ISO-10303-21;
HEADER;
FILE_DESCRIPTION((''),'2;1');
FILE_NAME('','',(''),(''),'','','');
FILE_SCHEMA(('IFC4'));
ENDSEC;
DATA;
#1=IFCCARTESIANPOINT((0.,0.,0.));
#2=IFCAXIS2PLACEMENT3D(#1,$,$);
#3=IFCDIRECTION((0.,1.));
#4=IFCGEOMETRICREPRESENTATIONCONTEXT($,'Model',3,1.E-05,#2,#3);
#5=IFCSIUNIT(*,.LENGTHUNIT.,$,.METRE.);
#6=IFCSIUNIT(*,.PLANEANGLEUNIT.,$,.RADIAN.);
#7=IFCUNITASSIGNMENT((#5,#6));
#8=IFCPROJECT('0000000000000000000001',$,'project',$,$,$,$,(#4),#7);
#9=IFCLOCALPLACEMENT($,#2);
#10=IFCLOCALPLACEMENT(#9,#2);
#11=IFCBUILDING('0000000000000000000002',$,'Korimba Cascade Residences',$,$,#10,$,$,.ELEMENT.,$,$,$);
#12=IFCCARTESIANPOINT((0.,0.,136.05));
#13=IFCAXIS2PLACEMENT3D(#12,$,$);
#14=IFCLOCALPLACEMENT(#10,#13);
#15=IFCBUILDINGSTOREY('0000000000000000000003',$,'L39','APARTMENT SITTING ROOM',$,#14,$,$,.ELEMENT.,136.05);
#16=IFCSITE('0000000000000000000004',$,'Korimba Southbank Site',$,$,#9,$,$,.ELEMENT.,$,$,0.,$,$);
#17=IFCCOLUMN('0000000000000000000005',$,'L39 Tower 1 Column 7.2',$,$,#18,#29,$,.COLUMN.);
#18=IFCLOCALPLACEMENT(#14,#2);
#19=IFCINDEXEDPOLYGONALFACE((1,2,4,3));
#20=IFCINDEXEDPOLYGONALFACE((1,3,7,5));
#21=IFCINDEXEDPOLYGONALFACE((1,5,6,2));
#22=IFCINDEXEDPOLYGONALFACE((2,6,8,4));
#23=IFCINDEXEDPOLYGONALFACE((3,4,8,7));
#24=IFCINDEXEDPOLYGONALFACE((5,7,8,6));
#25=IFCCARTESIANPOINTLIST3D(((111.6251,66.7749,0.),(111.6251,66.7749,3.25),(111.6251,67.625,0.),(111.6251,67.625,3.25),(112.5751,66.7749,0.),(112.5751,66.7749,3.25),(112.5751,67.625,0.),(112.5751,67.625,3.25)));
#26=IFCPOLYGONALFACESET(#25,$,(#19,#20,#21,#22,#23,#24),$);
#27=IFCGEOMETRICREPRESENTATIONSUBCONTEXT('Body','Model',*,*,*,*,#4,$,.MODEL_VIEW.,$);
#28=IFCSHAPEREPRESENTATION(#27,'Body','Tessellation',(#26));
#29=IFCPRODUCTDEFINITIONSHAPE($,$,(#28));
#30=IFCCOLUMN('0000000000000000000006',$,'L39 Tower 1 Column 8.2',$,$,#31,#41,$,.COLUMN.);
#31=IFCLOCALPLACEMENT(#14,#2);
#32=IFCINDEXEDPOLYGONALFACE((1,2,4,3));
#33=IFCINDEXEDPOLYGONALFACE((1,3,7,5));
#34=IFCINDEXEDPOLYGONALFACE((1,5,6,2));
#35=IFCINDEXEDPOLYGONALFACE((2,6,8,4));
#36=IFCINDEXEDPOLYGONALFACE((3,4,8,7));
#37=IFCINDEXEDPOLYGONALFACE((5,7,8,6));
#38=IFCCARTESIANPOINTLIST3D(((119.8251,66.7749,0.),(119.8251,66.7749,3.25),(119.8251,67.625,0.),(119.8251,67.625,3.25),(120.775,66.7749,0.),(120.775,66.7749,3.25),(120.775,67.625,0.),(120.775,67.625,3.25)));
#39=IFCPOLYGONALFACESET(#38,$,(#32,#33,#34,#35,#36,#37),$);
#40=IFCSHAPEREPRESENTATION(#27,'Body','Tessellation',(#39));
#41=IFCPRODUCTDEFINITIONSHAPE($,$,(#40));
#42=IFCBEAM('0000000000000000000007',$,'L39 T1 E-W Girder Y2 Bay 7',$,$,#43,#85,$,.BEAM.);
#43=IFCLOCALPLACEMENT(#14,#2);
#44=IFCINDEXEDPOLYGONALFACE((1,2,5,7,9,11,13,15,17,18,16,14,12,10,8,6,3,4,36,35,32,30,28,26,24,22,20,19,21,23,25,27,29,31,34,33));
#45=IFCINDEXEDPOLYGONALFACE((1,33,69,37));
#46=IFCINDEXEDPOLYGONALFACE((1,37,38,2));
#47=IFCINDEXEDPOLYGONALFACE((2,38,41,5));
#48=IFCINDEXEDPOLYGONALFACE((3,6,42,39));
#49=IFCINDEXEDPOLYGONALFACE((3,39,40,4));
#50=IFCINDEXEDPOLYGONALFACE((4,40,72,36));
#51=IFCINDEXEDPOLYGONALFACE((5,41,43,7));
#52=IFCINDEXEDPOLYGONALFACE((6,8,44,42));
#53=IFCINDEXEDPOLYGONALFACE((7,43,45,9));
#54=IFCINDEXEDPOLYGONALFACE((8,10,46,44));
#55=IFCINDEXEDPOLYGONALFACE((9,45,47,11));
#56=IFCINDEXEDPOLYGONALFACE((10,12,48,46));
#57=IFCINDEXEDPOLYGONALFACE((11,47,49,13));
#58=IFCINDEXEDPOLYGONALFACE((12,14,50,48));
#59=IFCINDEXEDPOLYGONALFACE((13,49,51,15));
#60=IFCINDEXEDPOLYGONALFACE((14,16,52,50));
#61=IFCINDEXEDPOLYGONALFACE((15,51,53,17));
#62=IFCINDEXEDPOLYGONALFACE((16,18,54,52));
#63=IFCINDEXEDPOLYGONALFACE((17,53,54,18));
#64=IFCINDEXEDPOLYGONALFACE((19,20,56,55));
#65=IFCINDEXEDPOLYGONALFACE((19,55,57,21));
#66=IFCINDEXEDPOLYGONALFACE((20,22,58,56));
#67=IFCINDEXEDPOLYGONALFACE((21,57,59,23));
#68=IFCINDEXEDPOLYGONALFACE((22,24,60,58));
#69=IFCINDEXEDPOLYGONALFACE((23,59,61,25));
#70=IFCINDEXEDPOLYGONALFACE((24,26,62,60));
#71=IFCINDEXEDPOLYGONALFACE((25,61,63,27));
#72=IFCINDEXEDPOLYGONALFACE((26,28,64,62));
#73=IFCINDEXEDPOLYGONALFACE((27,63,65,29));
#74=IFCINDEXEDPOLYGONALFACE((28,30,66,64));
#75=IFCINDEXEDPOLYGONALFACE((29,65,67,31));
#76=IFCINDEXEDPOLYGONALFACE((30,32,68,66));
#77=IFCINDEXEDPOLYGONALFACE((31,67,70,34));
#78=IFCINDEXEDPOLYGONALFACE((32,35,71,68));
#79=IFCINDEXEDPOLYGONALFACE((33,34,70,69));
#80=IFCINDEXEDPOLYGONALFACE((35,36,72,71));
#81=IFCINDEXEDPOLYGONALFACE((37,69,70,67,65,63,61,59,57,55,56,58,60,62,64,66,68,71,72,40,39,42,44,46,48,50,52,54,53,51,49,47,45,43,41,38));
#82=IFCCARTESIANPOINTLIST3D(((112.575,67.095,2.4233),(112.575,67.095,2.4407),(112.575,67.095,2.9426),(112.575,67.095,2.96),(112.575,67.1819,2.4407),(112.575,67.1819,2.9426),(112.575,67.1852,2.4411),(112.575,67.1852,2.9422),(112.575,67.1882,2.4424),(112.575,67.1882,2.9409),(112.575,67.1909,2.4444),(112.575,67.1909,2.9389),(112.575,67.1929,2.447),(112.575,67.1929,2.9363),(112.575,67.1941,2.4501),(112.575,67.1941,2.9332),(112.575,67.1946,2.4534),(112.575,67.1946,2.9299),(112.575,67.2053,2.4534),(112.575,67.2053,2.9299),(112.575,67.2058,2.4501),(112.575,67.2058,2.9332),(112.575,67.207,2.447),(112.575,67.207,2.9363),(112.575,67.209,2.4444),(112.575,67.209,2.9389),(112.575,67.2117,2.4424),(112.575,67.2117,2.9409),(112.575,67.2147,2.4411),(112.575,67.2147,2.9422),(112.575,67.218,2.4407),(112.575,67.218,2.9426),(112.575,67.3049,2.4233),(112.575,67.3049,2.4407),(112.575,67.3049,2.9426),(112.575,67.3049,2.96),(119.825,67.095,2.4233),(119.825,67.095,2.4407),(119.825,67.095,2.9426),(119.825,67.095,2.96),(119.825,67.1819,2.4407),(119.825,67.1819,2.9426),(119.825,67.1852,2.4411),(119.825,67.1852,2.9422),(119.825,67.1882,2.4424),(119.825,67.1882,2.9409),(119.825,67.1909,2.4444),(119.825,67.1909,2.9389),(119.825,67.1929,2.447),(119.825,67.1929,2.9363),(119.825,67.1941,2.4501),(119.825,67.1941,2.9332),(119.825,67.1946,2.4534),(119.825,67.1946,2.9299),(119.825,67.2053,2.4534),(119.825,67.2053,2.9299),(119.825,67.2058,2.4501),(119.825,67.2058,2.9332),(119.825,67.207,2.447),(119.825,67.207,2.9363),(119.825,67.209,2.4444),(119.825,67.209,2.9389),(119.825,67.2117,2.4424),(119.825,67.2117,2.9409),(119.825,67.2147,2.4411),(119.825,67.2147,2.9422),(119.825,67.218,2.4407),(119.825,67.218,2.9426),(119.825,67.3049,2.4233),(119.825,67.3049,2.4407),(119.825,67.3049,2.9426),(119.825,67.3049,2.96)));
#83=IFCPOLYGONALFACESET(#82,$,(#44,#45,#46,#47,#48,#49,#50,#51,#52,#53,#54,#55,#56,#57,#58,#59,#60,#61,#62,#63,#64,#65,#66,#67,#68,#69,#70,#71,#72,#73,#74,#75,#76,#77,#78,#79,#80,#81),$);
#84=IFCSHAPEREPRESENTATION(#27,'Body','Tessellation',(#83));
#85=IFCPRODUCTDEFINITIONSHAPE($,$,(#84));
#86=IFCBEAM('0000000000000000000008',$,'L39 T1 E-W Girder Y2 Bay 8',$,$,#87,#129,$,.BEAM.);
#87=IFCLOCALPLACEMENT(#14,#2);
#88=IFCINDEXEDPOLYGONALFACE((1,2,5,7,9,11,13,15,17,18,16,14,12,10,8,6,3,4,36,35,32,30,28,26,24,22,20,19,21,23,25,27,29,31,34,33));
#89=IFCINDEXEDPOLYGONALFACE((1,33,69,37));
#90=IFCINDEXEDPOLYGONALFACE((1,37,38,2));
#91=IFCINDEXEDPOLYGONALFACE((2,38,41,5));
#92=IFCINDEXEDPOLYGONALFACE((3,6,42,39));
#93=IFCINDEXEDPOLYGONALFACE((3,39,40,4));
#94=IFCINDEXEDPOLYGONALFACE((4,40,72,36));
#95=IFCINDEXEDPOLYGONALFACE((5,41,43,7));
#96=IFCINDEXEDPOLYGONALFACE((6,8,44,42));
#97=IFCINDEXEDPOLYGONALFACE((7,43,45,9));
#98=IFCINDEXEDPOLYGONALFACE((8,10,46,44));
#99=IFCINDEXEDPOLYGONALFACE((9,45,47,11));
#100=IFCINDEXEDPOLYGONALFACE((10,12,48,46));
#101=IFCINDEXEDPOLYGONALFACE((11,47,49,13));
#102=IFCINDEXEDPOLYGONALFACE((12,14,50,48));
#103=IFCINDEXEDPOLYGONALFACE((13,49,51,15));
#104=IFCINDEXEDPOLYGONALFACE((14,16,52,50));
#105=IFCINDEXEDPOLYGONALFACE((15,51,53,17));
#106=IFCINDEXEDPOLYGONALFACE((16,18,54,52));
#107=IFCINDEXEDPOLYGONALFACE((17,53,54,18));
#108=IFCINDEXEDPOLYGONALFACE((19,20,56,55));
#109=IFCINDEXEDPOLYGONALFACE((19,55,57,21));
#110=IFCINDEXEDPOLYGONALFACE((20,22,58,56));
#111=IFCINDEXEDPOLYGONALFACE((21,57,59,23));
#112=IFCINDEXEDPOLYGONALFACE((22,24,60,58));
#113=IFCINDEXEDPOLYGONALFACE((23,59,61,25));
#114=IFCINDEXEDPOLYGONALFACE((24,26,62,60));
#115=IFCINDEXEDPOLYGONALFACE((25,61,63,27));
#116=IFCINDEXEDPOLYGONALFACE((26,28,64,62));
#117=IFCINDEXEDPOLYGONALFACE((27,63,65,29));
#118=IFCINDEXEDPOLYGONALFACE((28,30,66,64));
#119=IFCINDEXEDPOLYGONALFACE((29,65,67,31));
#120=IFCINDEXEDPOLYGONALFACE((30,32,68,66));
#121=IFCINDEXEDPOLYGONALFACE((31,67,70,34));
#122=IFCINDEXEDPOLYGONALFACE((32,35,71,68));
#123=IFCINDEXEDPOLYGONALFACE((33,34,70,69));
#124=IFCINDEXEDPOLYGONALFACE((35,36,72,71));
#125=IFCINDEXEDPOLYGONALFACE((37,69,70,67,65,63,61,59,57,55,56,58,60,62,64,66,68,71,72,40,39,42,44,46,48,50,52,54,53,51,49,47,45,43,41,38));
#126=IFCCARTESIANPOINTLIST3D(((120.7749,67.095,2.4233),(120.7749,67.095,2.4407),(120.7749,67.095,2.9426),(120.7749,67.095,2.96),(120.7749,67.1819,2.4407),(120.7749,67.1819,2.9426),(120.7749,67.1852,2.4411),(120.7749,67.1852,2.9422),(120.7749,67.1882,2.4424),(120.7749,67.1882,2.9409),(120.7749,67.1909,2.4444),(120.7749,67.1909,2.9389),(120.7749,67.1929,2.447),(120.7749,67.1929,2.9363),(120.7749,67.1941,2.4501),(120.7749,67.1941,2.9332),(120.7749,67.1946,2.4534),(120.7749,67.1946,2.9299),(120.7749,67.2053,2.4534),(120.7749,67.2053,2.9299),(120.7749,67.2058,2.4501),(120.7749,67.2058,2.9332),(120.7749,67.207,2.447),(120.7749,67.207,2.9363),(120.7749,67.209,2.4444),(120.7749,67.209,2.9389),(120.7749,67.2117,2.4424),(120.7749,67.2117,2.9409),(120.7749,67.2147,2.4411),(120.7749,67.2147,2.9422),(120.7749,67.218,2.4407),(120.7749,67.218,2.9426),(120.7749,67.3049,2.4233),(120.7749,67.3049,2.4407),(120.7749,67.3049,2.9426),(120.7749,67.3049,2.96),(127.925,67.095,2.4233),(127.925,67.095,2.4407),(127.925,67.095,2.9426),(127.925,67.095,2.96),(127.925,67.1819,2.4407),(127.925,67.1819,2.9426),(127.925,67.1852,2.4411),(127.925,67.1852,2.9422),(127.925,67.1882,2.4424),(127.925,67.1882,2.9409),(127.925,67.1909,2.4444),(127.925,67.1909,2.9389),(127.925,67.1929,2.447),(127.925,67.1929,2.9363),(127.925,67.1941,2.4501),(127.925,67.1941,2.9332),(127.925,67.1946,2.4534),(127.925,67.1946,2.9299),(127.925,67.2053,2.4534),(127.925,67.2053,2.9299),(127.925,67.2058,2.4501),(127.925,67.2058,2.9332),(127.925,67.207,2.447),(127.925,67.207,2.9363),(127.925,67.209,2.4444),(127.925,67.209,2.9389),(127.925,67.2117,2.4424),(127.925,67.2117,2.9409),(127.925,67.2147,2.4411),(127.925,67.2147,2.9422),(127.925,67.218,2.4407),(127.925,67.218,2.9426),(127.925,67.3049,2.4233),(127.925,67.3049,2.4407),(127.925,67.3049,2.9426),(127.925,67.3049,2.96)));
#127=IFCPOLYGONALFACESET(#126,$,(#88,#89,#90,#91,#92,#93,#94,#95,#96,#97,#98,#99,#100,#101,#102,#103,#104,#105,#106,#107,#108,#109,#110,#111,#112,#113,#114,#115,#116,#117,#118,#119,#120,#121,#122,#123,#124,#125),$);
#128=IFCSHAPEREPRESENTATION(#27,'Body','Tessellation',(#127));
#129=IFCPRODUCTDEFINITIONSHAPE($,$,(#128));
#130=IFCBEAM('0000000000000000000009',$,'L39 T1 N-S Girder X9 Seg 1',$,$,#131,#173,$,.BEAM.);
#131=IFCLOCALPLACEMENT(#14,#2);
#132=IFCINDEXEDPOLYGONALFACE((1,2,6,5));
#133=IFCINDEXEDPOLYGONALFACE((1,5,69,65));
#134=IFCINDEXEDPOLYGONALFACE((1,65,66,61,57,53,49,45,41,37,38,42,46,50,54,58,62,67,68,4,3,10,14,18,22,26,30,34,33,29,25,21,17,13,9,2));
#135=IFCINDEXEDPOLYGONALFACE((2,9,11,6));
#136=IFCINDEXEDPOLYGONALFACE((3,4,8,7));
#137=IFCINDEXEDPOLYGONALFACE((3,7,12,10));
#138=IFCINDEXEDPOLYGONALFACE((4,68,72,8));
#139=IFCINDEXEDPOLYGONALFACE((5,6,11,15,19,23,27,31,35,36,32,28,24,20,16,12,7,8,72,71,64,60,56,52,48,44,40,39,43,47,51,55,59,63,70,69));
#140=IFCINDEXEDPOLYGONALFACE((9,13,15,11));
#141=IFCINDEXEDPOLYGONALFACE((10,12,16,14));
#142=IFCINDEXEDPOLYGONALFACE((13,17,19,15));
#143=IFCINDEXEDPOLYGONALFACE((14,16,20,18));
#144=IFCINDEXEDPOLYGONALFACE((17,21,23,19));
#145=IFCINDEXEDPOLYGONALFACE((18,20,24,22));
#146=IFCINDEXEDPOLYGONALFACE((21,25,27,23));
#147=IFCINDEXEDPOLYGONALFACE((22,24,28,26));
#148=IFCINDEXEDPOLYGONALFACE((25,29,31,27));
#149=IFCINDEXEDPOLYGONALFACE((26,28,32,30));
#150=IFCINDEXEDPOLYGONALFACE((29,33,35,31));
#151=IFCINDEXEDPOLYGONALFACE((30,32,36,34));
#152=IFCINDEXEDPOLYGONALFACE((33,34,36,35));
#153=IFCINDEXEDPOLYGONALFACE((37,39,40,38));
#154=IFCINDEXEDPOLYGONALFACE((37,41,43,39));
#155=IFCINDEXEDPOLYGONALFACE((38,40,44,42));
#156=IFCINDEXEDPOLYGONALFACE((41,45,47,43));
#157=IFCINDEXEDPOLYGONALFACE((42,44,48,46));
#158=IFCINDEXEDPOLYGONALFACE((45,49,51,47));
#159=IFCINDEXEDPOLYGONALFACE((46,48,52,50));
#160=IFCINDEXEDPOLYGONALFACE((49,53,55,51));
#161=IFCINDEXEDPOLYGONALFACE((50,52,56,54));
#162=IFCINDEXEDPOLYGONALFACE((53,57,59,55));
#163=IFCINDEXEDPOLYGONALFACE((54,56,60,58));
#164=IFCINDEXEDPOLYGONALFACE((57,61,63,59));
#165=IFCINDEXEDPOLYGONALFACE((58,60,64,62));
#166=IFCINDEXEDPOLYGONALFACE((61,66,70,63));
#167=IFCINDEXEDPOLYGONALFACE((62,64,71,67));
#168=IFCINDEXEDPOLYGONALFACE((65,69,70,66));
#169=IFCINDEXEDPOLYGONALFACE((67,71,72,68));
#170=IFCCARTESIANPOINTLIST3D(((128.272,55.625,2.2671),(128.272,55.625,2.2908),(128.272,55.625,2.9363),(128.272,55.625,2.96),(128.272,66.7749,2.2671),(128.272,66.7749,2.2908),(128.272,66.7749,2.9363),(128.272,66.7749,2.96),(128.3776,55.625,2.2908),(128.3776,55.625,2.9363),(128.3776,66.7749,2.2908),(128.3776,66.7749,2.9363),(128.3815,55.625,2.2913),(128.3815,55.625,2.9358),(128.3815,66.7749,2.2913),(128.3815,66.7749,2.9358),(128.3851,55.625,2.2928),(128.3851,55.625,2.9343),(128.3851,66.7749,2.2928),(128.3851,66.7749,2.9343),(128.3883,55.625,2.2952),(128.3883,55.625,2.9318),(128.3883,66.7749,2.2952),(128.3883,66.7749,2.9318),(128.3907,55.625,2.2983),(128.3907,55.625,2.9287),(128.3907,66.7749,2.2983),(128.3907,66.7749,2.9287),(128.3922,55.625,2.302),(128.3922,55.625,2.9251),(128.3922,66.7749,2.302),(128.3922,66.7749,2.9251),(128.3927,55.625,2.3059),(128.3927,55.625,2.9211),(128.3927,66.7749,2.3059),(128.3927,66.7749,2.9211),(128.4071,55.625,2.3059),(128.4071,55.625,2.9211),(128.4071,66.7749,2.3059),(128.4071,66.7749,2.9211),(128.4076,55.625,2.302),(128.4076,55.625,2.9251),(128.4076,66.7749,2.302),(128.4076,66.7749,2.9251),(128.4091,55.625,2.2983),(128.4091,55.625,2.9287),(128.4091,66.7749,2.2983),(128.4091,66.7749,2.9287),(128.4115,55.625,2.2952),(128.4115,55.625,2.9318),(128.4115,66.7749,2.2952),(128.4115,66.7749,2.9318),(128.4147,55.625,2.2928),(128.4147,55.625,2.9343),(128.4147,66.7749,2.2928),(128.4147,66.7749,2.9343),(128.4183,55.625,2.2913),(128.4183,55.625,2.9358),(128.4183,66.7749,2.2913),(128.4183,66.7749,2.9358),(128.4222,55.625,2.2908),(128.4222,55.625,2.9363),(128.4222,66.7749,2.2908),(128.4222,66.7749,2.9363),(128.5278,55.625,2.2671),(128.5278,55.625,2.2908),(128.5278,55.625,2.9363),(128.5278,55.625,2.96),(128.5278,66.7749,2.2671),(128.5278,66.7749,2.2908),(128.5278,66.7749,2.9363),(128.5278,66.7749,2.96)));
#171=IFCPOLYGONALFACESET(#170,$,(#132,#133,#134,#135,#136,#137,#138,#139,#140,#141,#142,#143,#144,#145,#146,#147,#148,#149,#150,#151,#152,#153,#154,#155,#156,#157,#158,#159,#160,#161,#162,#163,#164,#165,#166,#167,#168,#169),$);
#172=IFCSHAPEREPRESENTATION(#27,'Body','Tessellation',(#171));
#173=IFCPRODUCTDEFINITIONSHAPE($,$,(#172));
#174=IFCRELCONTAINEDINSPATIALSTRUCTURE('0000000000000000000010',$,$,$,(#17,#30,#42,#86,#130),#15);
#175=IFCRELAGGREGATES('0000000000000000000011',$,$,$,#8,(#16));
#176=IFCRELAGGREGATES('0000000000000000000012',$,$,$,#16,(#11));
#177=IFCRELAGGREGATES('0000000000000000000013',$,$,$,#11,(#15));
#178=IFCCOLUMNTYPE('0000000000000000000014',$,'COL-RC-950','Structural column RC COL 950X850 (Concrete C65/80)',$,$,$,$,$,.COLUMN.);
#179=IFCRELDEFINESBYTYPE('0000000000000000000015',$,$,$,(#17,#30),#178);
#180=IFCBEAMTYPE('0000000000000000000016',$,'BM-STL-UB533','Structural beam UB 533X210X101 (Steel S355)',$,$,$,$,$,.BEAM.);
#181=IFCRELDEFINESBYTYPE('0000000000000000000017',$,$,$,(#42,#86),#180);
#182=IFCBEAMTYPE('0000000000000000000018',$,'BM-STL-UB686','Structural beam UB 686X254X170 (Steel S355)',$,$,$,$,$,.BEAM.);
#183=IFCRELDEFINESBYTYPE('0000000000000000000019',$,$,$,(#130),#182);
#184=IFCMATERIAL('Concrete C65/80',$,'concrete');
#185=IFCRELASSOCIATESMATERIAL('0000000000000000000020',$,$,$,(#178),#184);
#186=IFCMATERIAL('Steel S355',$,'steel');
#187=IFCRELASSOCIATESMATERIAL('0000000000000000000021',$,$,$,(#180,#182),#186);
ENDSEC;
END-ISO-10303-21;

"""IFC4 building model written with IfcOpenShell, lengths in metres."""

from ifc_helpers import new_model, si_unit, direction, frame, origin, origin_2d, place, context, subcontext, project, spatial, rectangle, i_section, extrude, material, material_profile, profile_set, type_object, element, save


model = new_model("IFC4")

# Units and contexts
model_context = context("Model", 3, precision=1e-05, world=origin(), true_north=direction((0.0, 1.0)))
body_context = subcontext(model_context, "Body", "Model", "MODEL_VIEW")
ifc_project = project(units=[si_unit("LENGTHUNIT", "METRE"), si_unit("PLANEANGLEUNIT", "RADIAN")], contexts=[model_context])

# Site, building, storey
site_placement = place(None, origin())
site = spatial("IfcSite", under=ifc_project, at=site_placement, Name="Korimba Southbank Site", CompositionType="ELEMENT", RefElevation=0.0)
building_placement = place(site_placement, origin())
building = spatial("IfcBuilding", under=site, at=building_placement, Name="Korimba Cascade Residences", CompositionType="ELEMENT")
storey_placement = place(building_placement, frame((0.0, 0.0, 136.05)))
storey = spatial("IfcBuildingStorey", under=building, at=storey_placement, Name="L39", Description="APARTMENT SITTING ROOM", CompositionType="ELEMENT", Elevation=136.05)

# Columns
ifc_material_1 = material(Name="Concrete C65/80", Category="concrete")
ifc_material_profile_1 = material_profile(ifc_material_1, rectangle(XDim=0.95, YDim=0.8501, at=origin_2d()), Name="Concrete C65/80")
ifc_profile_set_1 = profile_set([ifc_material_profile_1], Name="Concrete C65/80")
column_type = type_object("IfcColumnType", Name="COL-RC-950", Description="Structural column RC COL 950X850 (Concrete C65/80)", PredefinedType="COLUMN", material=ifc_profile_set_1)
for number, where, z_axis, x_axis, name in (
    (1, (112.1001, 67.2, 0.0), (0.0, 0.0, 1.0), (1.0, 0.0, 0.0), "L39 Tower 1 Column 7.2"),
    (2, (120.3, 67.2, 0.0), (0.0, 0.0, 1.0), (1.0, 0.0, 0.0), "L39 Tower 1 Column 8.2"),
):
    element("IfcColumn", number, at=place(storey_placement, frame(where, z_axis=z_axis, x_axis=x_axis)), inside=storey, type_object=column_type, Name=name, PredefinedType="COLUMN", context=body_context, shape_type="SweptSolid", body=[
        extrude(rectangle(XDim=0.95, YDim=0.8501, at=origin_2d()), origin(), (0.0, 0.0, 1.0), 3.25),
    ])

# Beams
ifc_material_2 = material(Name="Steel S355", Category="steel")
ifc_material_profile_2 = material_profile(ifc_material_2, i_section(OverallWidth=0.21, OverallDepth=0.5366, WebThickness=0.0107, FlangeThickness=0.0173, FilletRadius=0.0127, at=origin_2d()), Name="Steel S355")
ifc_profile_set_2 = profile_set([ifc_material_profile_2], Name="Steel S355")
beam_type_1 = type_object("IfcBeamType", Name="BM-STL-UB533", Description="Structural beam UB 533X210X101 (Steel S355)", PredefinedType="BEAM", material=ifc_profile_set_2)
beam_1_placement = place(storey_placement, frame((112.575, 67.2, 2.6917), z_axis=(1.0, 0.0, 0.0), x_axis=(0.0, 1.0, 0.0)))
element("IfcBeam", 3, at=beam_1_placement, inside=storey, type_object=beam_type_1, Name="L39 T1 E-W Girder Y2 Bay 7", PredefinedType="BEAM", context=body_context, shape_type="SweptSolid", body=[
    extrude(i_section(OverallWidth=0.21, OverallDepth=0.5366, WebThickness=0.0107, FlangeThickness=0.0173, FilletRadius=0.0127, at=origin_2d()), origin(), (0.0, 0.0, 1.0), 7.25),
])
beam_2_placement = place(storey_placement, frame((120.7749, 67.2, 2.6917), z_axis=(1.0, 0.0, 0.0), x_axis=(0.0, 1.0, 0.0)))
element("IfcBeam", 4, at=beam_2_placement, inside=storey, type_object=beam_type_1, Name="L39 T1 E-W Girder Y2 Bay 8", PredefinedType="BEAM", context=body_context, shape_type="SweptSolid", body=[
    extrude(i_section(OverallWidth=0.21, OverallDepth=0.5366, WebThickness=0.0107, FlangeThickness=0.0173, FilletRadius=0.0127, at=origin_2d()), origin(), (0.0, 0.0, 1.0), 7.1501),
])
ifc_material_profile_3 = material_profile(ifc_material_2, i_section(OverallWidth=0.2559, OverallDepth=0.6929, WebThickness=0.0144, FlangeThickness=0.0237, FilletRadius=0.0151, at=origin_2d()), Name="Steel S355")
ifc_profile_set_3 = profile_set([ifc_material_profile_3], Name="Steel S355")
beam_type_2 = type_object("IfcBeamType", Name="BM-STL-UB686", Description="Structural beam UB 686X254X170 (Steel S355)", PredefinedType="BEAM", material=ifc_profile_set_3)
beam_3_placement = place(storey_placement, frame((128.3999, 55.625, 2.6135), z_axis=(0.0, 1.0, 0.0), x_axis=(-1.0, 0.0, 0.0)))
element("IfcBeam", 5, at=beam_3_placement, inside=storey, type_object=beam_type_2, Name="L39 T1 N-S Girder X9 Seg 1", PredefinedType="BEAM", context=body_context, shape_type="SweptSolid", body=[
    extrude(i_section(OverallWidth=0.2559, OverallDepth=0.6929, WebThickness=0.0144, FlangeThickness=0.0237, FilletRadius=0.0151, at=origin_2d()), origin(), (0.0, 0.0, 1.0), 11.1499),
])

save(model, "model.ifc")
